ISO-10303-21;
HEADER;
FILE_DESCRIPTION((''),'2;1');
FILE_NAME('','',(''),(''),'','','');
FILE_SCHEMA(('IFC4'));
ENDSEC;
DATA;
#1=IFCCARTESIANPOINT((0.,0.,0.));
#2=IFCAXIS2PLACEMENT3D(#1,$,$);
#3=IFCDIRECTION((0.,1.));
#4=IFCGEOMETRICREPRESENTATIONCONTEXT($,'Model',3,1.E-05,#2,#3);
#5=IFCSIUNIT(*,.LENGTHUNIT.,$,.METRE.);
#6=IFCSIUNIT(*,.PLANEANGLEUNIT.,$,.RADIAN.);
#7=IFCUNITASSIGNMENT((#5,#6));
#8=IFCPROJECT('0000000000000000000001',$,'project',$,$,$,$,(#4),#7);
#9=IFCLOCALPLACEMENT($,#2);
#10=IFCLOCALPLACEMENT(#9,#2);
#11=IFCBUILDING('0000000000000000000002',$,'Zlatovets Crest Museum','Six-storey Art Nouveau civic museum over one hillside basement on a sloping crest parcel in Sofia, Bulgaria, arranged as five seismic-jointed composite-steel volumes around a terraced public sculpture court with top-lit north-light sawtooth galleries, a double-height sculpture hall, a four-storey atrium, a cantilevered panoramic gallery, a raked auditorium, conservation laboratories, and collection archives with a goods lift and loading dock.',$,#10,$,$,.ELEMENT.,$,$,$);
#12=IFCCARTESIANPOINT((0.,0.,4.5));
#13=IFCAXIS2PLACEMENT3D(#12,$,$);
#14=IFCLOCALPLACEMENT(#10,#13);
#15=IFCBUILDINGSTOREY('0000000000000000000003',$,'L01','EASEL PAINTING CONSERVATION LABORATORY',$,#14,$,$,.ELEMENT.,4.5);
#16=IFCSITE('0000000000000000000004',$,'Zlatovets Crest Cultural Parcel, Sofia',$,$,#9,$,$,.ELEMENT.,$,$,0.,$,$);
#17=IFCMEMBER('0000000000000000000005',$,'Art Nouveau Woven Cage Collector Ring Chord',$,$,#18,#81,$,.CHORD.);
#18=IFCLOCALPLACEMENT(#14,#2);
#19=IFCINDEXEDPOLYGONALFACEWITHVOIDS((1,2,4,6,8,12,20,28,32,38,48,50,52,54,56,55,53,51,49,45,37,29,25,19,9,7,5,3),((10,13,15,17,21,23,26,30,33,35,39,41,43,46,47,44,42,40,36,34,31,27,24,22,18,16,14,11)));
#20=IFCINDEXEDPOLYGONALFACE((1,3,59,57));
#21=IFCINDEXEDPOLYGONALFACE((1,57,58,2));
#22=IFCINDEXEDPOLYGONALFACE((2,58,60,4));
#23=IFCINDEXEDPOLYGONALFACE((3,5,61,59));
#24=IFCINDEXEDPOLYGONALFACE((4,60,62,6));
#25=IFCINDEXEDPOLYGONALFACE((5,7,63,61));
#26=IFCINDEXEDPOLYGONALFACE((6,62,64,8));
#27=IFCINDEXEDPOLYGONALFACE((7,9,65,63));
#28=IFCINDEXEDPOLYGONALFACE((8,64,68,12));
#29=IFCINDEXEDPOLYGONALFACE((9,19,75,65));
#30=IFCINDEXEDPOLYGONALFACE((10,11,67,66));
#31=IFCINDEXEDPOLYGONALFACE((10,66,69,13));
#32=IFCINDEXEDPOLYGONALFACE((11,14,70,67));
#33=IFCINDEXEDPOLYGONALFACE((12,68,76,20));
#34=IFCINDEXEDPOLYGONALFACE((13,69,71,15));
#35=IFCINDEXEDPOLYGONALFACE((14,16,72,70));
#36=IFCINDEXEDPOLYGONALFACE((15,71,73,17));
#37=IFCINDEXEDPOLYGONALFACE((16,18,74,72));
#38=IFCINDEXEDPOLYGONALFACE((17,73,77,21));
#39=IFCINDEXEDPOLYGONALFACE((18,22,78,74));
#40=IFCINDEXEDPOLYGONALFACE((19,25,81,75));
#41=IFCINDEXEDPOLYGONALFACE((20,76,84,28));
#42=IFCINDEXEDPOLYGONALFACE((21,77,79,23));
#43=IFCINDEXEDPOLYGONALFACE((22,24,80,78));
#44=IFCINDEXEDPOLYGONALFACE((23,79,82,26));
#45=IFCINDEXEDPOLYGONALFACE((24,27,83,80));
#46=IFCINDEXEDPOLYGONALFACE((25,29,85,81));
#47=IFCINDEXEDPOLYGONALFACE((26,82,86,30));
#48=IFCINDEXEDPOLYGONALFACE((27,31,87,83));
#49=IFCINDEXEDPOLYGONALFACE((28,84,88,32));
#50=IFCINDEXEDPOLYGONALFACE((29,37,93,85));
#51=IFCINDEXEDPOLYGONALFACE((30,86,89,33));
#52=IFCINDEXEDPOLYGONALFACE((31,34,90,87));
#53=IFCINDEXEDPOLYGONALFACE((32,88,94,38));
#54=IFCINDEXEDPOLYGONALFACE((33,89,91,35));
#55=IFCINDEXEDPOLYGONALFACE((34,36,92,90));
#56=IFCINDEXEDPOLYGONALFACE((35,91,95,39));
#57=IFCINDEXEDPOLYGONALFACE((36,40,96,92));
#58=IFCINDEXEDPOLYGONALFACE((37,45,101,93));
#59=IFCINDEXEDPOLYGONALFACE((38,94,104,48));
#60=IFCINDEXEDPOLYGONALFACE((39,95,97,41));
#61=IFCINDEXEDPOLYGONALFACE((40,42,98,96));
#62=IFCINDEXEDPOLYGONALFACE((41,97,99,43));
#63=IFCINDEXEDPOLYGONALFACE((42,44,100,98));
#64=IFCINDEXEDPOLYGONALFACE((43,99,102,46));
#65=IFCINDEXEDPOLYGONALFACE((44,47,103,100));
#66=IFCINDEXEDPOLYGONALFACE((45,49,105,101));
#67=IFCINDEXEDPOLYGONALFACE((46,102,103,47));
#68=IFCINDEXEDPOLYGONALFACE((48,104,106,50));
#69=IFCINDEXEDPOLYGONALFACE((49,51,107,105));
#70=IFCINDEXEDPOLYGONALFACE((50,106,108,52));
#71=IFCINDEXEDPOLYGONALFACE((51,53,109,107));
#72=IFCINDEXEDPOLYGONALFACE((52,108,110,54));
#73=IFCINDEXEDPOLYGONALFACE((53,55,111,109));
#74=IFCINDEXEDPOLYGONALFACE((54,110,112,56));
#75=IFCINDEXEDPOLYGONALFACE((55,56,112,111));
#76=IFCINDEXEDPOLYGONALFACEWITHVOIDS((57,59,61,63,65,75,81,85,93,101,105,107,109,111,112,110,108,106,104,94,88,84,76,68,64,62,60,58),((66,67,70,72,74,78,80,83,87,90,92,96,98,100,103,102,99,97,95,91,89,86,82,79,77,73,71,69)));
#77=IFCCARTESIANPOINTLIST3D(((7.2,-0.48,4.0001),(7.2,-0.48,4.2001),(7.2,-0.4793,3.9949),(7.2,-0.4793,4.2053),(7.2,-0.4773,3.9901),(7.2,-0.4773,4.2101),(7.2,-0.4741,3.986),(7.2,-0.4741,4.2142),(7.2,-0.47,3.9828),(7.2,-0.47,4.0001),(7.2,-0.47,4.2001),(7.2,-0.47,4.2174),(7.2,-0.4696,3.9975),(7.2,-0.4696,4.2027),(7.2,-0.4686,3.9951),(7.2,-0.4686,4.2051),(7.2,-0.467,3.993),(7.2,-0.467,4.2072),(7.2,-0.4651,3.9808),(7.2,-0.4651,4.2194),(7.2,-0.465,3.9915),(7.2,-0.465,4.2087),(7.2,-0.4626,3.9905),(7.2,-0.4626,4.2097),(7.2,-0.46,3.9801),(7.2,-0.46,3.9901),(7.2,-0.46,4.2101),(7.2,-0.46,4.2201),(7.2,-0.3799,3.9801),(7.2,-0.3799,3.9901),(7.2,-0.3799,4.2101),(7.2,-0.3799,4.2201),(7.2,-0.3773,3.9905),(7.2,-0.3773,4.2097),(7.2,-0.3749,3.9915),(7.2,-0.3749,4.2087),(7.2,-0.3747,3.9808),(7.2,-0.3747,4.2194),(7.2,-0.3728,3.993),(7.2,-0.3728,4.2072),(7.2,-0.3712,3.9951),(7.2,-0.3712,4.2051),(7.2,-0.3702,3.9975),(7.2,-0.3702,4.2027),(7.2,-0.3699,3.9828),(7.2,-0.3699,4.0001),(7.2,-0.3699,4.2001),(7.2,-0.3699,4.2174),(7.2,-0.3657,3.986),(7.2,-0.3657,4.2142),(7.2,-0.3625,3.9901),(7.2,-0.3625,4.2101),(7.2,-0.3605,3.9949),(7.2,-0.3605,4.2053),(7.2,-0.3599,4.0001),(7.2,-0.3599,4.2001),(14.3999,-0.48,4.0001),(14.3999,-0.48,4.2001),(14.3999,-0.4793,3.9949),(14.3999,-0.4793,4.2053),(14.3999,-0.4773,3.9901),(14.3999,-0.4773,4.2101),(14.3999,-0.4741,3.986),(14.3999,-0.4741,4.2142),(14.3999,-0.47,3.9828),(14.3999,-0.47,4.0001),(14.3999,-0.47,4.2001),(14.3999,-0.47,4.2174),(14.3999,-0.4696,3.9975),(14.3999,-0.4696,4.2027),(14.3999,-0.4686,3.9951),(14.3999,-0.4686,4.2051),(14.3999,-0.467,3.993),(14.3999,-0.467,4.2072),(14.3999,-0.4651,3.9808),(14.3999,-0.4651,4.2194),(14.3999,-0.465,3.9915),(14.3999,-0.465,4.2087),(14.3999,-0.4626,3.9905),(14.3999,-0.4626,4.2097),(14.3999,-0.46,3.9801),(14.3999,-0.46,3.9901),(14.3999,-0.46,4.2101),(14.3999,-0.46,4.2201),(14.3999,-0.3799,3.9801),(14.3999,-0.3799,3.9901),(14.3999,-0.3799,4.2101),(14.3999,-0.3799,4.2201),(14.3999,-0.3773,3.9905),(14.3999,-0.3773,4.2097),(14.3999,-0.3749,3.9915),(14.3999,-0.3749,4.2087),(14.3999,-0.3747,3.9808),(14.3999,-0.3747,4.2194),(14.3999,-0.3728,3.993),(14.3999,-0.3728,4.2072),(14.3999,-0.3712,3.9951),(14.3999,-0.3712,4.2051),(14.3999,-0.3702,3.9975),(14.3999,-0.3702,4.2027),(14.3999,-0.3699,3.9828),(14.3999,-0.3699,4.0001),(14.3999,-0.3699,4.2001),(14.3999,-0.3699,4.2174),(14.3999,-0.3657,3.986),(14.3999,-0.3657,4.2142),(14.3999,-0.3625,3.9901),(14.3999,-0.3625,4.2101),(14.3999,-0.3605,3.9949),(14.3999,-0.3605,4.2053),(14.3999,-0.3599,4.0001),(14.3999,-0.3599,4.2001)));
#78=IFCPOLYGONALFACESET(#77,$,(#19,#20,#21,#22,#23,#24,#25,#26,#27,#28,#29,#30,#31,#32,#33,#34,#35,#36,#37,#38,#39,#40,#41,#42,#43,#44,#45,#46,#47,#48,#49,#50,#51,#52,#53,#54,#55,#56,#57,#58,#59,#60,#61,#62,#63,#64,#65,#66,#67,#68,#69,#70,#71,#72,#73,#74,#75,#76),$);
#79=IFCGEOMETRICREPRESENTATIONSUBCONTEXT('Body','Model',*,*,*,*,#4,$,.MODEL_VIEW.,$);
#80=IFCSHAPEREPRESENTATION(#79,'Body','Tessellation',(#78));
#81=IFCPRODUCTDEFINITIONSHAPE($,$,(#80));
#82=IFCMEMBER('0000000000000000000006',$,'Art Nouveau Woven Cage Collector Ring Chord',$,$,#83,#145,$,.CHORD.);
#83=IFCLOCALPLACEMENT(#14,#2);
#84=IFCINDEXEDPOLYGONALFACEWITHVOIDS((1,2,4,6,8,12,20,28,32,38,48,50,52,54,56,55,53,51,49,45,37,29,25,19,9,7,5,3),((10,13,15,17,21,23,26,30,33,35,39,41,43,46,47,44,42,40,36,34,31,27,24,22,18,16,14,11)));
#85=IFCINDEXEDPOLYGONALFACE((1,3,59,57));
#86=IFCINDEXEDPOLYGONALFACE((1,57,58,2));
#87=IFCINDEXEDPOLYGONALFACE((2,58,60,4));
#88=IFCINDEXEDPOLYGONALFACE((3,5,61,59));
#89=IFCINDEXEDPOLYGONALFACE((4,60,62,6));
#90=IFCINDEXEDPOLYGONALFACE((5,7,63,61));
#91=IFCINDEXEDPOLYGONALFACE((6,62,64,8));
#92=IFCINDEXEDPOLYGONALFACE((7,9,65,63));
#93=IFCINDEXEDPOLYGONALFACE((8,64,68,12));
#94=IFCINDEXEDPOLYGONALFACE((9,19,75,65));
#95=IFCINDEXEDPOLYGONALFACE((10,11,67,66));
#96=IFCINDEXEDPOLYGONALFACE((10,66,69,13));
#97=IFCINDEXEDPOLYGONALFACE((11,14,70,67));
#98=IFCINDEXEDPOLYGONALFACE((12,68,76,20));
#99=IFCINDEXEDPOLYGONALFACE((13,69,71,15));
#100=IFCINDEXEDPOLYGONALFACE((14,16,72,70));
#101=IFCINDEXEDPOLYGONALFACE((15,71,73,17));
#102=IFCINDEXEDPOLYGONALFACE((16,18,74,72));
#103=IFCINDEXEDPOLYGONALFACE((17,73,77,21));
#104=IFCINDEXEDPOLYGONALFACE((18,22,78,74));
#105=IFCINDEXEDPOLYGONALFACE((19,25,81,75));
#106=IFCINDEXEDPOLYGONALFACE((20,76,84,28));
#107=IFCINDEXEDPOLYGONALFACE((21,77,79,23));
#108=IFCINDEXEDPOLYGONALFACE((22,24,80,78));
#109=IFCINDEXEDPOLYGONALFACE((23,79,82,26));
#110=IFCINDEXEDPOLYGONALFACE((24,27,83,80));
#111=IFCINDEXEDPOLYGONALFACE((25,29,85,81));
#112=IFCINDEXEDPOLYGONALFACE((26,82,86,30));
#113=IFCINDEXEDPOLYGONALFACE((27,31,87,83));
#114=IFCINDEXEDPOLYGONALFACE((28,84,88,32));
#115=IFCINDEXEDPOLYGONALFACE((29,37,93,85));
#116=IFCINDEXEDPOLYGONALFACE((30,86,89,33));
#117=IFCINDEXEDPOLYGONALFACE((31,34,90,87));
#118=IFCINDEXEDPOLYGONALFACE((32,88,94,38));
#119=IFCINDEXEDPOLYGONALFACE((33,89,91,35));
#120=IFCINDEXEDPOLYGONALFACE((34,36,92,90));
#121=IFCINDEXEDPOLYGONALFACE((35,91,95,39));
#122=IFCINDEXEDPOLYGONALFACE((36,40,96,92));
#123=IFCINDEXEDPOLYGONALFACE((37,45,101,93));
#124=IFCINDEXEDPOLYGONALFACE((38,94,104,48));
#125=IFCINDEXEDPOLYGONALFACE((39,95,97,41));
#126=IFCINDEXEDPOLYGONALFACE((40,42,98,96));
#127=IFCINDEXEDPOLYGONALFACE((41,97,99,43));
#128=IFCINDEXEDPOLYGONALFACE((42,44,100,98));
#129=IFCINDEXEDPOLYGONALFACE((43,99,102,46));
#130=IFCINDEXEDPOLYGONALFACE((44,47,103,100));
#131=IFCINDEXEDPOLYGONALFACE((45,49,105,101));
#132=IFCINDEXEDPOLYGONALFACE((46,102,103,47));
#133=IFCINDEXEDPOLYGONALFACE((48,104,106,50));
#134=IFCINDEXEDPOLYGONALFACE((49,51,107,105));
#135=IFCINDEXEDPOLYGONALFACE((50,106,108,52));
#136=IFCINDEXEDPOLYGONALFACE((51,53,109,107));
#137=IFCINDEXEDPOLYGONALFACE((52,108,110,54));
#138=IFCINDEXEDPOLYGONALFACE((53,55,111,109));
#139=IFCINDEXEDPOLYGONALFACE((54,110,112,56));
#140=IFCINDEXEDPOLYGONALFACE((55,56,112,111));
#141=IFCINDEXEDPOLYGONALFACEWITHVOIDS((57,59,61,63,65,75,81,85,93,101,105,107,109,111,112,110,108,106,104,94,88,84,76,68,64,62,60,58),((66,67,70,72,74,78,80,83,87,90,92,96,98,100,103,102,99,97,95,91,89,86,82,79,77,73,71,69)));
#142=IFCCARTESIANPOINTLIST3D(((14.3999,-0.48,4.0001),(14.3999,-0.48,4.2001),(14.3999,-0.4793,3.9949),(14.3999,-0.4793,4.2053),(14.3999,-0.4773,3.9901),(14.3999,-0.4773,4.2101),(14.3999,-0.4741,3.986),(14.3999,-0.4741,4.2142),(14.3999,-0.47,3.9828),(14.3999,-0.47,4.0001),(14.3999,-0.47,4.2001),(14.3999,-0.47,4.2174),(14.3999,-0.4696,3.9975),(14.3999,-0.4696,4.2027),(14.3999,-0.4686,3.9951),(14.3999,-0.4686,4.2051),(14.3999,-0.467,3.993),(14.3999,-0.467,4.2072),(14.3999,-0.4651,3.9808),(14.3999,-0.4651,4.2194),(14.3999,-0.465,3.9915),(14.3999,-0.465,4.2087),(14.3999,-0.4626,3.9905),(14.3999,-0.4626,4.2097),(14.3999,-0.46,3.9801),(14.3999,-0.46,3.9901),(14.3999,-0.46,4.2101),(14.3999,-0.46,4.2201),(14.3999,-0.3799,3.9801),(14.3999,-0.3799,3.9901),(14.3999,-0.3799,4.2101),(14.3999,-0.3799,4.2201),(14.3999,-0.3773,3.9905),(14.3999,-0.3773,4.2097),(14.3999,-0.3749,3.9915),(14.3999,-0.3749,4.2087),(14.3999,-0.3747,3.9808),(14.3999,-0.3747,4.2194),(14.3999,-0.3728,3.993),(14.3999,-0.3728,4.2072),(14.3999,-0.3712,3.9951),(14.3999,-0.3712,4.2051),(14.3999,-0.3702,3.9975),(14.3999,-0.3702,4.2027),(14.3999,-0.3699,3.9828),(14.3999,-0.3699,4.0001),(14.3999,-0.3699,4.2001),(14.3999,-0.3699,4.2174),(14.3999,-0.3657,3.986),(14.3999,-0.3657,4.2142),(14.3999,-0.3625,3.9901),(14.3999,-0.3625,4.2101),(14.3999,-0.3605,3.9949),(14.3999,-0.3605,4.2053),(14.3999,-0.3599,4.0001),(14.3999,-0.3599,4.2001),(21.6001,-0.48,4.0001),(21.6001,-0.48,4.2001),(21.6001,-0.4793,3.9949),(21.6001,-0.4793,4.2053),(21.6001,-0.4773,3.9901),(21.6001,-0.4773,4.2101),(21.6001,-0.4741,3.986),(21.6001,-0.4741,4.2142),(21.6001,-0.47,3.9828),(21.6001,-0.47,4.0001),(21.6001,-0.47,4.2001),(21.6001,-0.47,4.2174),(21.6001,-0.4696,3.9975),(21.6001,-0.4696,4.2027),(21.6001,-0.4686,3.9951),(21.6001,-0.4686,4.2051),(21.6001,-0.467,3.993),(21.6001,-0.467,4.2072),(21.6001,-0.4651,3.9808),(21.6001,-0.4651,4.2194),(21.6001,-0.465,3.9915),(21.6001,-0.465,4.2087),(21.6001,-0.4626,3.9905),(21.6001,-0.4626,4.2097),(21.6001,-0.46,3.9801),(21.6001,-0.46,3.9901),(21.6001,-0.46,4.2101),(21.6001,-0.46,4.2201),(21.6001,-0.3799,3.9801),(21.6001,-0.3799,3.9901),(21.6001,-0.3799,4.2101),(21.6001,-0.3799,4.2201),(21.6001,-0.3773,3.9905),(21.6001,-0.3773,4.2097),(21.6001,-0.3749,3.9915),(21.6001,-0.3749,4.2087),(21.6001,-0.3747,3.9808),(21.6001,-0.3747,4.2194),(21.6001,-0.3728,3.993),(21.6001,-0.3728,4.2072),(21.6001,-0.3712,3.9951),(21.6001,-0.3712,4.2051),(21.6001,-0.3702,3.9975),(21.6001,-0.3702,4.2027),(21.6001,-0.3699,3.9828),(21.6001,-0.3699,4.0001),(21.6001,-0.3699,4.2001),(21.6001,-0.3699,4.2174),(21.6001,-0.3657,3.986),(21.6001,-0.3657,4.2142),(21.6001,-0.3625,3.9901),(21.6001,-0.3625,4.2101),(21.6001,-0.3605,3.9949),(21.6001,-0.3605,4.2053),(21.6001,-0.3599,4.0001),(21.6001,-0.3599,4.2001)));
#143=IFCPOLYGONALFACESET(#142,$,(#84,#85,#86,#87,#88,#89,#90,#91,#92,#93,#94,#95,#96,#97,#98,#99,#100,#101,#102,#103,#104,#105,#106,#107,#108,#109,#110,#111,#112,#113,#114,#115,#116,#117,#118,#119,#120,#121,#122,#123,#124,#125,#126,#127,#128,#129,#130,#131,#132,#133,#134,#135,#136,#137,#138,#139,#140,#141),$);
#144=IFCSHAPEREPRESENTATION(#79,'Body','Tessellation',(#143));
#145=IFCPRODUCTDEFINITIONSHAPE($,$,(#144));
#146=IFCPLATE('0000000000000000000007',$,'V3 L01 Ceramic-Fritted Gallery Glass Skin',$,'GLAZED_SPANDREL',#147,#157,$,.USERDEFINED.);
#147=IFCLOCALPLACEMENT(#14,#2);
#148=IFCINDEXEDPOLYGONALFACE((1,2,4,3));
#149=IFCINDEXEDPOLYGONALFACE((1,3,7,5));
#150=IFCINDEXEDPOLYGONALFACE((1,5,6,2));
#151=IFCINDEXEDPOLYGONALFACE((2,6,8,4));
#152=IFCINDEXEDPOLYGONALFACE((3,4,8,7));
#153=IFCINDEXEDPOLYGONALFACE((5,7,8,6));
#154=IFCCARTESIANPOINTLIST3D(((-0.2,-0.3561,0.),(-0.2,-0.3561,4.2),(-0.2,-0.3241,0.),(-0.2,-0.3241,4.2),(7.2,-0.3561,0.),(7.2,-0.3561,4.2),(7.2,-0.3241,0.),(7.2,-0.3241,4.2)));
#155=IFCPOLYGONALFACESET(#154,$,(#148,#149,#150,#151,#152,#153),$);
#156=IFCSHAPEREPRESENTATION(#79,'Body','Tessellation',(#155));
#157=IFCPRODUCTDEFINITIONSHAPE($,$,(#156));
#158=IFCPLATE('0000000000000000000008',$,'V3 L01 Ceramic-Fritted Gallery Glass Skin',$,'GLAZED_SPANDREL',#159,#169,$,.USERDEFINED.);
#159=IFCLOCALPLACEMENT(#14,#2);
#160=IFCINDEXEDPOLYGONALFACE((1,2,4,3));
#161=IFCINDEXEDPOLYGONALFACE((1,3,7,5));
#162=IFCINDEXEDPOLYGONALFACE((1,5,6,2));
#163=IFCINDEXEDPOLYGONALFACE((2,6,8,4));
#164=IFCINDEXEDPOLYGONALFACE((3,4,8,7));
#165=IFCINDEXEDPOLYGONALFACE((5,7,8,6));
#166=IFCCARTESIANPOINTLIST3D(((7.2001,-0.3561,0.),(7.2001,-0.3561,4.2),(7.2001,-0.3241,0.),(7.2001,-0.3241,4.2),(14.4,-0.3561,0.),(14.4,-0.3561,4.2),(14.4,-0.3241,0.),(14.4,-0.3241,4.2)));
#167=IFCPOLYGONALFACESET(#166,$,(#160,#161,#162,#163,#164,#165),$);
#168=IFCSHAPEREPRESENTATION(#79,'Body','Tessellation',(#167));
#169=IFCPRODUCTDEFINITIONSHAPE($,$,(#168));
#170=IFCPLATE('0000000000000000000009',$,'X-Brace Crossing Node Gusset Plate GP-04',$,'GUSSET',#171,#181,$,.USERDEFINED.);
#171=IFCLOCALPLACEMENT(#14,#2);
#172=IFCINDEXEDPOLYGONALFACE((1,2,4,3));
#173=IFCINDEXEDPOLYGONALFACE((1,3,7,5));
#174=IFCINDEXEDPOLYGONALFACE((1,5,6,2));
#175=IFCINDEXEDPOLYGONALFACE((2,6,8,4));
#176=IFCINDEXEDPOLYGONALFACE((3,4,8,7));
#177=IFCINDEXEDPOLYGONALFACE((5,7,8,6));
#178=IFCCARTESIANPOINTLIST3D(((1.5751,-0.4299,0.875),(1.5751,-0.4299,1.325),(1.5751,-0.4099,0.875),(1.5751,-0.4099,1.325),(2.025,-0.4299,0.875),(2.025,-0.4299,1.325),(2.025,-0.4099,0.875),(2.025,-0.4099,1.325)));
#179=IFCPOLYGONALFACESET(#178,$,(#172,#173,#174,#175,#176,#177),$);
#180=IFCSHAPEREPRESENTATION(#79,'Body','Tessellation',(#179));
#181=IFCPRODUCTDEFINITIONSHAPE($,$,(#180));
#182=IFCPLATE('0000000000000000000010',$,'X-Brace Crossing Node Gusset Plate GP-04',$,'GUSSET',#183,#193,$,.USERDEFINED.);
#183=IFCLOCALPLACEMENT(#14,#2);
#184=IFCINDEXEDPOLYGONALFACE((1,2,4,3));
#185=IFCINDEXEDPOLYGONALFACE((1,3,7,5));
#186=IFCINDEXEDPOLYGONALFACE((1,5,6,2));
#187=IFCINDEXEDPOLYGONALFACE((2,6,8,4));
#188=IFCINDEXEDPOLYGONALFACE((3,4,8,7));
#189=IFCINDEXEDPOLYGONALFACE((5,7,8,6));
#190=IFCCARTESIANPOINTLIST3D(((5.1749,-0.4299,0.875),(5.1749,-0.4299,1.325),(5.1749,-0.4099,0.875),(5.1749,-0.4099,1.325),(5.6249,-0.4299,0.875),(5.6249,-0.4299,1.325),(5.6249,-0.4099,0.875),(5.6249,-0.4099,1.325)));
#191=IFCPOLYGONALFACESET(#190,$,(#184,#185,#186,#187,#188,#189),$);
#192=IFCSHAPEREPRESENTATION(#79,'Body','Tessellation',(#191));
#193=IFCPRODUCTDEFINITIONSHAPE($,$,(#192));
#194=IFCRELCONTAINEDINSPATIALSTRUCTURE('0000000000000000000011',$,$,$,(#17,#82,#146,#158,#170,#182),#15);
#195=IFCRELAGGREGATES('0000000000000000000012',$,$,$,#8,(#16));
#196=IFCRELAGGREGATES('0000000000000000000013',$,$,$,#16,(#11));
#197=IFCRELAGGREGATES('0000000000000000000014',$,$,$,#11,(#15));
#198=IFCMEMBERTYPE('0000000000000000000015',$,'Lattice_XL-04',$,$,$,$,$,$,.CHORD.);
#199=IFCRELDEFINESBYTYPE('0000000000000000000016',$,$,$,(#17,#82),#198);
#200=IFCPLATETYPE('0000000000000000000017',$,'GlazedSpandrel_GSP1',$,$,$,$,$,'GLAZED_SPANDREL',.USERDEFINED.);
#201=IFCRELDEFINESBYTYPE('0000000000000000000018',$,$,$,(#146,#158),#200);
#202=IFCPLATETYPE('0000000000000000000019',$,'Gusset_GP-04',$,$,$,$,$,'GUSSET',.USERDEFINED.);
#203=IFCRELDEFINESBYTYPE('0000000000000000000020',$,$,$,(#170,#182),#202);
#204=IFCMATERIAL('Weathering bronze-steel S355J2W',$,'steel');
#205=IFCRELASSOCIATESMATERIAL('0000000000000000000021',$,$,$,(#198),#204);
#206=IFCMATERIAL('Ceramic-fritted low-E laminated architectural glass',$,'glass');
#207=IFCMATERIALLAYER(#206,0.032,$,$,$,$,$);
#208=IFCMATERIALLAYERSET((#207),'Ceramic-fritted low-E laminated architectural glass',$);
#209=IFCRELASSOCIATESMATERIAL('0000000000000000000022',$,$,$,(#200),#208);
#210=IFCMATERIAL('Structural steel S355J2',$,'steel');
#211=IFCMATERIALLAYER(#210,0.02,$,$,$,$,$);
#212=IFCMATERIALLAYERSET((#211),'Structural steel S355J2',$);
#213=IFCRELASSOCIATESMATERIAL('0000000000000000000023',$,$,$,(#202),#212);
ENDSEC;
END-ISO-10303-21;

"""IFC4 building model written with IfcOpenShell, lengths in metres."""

from ifc_helpers import new_model, si_unit, direction, frame, origin, origin_2d, place, context, subcontext, project, spatial, rectangle, hollow_rectangle, extrude, material, layer, layer_set, material_profile, profile_set, type_object, element, save


model = new_model("IFC4")

# Units and contexts
model_context = context("Model", 3, precision=1e-05, world=origin(), true_north=direction((0.0, 1.0)))
body_context = subcontext(model_context, "Body", "Model", "MODEL_VIEW")
ifc_project = project(units=[si_unit("LENGTHUNIT", "METRE"), si_unit("PLANEANGLEUNIT", "RADIAN")], contexts=[model_context])

# Site, building, storey
site_placement = place(None, origin())
site = spatial("IfcSite", under=ifc_project, at=site_placement, Name="Zlatovets Crest Cultural Parcel, Sofia", CompositionType="ELEMENT", RefElevation=0.0)
building_placement = place(site_placement, origin())
building = spatial("IfcBuilding", under=site, at=building_placement, Name="Zlatovets Crest Museum", Description="Six-storey Art Nouveau civic museum over one hillside basement on a sloping crest parcel in Sofia, Bulgaria, arranged as five seismic-jointed composite-steel volumes around a terraced public sculpture court with top-lit north-light sawtooth galleries, a double-height sculpture hall, a four-storey atrium, a cantilevered panoramic gallery, a raked auditorium, conservation laboratories, and collection archives with a goods lift and loading dock.", CompositionType="ELEMENT")
storey_placement = place(building_placement, frame((0.0, 0.0, 4.5)))
storey = spatial("IfcBuildingStorey", under=building, at=storey_placement, Name="L01", Description="EASEL PAINTING CONSERVATION LABORATORY", CompositionType="ELEMENT", Elevation=4.5)

# Members
ifc_material_1 = material(Name="Weathering bronze-steel S355J2W", Category="steel")
ifc_material_profile_1 = material_profile(ifc_material_1, hollow_rectangle(XDim=0.1201, YDim=0.24, WallThickness=0.01, InnerFilletRadius=0.01, OuterFilletRadius=0.02, at=origin_2d()), Name="RHS 120x240x10.0")
ifc_profile_set_1 = profile_set([ifc_material_profile_1], Name="Weathering bronze-steel S355J2W")
member_type_1 = type_object("IfcMemberType", Name="Lattice_XL-04", PredefinedType="CHORD", material=ifc_profile_set_1)
member_1_placement = place(storey_placement, frame((7.2, -0.4199, 4.1001), z_axis=(1.0, 0.0, 0.0), x_axis=(0.0, 1.0, 0.0)))
element("IfcMember", 1, at=member_1_placement, inside=storey, type_object=member_type_1, Name="Art Nouveau Woven Cage Collector Ring Chord", PredefinedType="CHORD", context=body_context, shape_type="SweptSolid", body=[
    extrude(hollow_rectangle(XDim=0.1201, YDim=0.24, WallThickness=0.01, InnerFilletRadius=0.01, OuterFilletRadius=0.02, at=origin_2d()), origin(), (0.0, 0.0, 1.0), 7.2),
])
member_2_placement = place(storey_placement, frame((14.3999, -0.4199, 4.1001), z_axis=(1.0, 0.0, 0.0), x_axis=(0.0, 1.0, 0.0)))
element("IfcMember", 2, at=member_2_placement, inside=storey, type_object=member_type_1, Name="Art Nouveau Woven Cage Collector Ring Chord", PredefinedType="CHORD", context=body_context, shape_type="SweptSolid", body=[
    extrude(hollow_rectangle(XDim=0.1201, YDim=0.24, WallThickness=0.01, InnerFilletRadius=0.01, OuterFilletRadius=0.02, at=origin_2d()), origin(), (0.0, 0.0, 1.0), 7.2002),
])

# Plates
ifc_material_2 = material(Name="Ceramic-fritted low-E laminated architectural glass", Category="glass")
ifc_layer_1 = layer(ifc_material_2, 0.032)
ifc_layer_set_1 = layer_set([ifc_layer_1], Name="Ceramic-fritted low-E laminated architectural glass")
plate_type_1 = type_object("IfcPlateType", Name="GlazedSpandrel_GSP1", ElementType="GLAZED_SPANDREL", PredefinedType="USERDEFINED", material=ifc_layer_set_1)
plate_1_placement = place(storey_placement, frame((3.5, -0.3401, 0.0), z_axis=(0.0, 0.0, 1.0), x_axis=(1.0, 0.0, 0.0)))
element("IfcPlate", 3, at=plate_1_placement, inside=storey, type_object=plate_type_1, Name="V3 L01 Ceramic-Fritted Gallery Glass Skin", ObjectType="GLAZED_SPANDREL", PredefinedType="USERDEFINED", context=body_context, shape_type="SweptSolid", body=[
    extrude(rectangle(XDim=7.3999, YDim=0.032, at=origin_2d()), origin(), (0.0, 0.0, 1.0), 4.2),
])
plate_2_placement = place(storey_placement, frame((10.8, -0.3401, 0.0), z_axis=(0.0, 0.0, 1.0), x_axis=(1.0, 0.0, 0.0)))
element("IfcPlate", 4, at=plate_2_placement, inside=storey, type_object=plate_type_1, Name="V3 L01 Ceramic-Fritted Gallery Glass Skin", ObjectType="GLAZED_SPANDREL", PredefinedType="USERDEFINED", context=body_context, shape_type="SweptSolid", body=[
    extrude(rectangle(XDim=7.2, YDim=0.032, at=origin_2d()), origin(), (0.0, 0.0, 1.0), 4.2),
])
ifc_material_3 = material(Name="Structural steel S355J2", Category="steel")
ifc_layer_2 = layer(ifc_material_3, 0.02)
ifc_layer_set_2 = layer_set([ifc_layer_2], Name="Structural steel S355J2")
plate_type_2 = type_object("IfcPlateType", Name="Gusset_GP-04", ElementType="GUSSET", PredefinedType="USERDEFINED", material=ifc_layer_set_2)
for number, where, z_axis, x_axis, name in (
    (5, (1.8, -0.4199, 0.875), (0.0, 0.0, 1.0), (1.0, 0.0, 0.0), "X-Brace Crossing Node Gusset Plate GP-04"),
    (6, (5.3999, -0.4199, 0.875), (0.0, 0.0, 1.0), (1.0, 0.0, 0.0), "X-Brace Crossing Node Gusset Plate GP-04"),
):
    element("IfcPlate", number, at=place(storey_placement, frame(where, z_axis=z_axis, x_axis=x_axis)), inside=storey, type_object=plate_type_2, Name=name, ObjectType="GUSSET", PredefinedType="USERDEFINED", context=body_context, shape_type="SweptSolid", body=[
        extrude(rectangle(XDim=0.45, YDim=0.02, at=origin_2d()), origin(), (0.0, 0.0, 1.0), 0.45),
    ])

save(model, "model.ifc")
